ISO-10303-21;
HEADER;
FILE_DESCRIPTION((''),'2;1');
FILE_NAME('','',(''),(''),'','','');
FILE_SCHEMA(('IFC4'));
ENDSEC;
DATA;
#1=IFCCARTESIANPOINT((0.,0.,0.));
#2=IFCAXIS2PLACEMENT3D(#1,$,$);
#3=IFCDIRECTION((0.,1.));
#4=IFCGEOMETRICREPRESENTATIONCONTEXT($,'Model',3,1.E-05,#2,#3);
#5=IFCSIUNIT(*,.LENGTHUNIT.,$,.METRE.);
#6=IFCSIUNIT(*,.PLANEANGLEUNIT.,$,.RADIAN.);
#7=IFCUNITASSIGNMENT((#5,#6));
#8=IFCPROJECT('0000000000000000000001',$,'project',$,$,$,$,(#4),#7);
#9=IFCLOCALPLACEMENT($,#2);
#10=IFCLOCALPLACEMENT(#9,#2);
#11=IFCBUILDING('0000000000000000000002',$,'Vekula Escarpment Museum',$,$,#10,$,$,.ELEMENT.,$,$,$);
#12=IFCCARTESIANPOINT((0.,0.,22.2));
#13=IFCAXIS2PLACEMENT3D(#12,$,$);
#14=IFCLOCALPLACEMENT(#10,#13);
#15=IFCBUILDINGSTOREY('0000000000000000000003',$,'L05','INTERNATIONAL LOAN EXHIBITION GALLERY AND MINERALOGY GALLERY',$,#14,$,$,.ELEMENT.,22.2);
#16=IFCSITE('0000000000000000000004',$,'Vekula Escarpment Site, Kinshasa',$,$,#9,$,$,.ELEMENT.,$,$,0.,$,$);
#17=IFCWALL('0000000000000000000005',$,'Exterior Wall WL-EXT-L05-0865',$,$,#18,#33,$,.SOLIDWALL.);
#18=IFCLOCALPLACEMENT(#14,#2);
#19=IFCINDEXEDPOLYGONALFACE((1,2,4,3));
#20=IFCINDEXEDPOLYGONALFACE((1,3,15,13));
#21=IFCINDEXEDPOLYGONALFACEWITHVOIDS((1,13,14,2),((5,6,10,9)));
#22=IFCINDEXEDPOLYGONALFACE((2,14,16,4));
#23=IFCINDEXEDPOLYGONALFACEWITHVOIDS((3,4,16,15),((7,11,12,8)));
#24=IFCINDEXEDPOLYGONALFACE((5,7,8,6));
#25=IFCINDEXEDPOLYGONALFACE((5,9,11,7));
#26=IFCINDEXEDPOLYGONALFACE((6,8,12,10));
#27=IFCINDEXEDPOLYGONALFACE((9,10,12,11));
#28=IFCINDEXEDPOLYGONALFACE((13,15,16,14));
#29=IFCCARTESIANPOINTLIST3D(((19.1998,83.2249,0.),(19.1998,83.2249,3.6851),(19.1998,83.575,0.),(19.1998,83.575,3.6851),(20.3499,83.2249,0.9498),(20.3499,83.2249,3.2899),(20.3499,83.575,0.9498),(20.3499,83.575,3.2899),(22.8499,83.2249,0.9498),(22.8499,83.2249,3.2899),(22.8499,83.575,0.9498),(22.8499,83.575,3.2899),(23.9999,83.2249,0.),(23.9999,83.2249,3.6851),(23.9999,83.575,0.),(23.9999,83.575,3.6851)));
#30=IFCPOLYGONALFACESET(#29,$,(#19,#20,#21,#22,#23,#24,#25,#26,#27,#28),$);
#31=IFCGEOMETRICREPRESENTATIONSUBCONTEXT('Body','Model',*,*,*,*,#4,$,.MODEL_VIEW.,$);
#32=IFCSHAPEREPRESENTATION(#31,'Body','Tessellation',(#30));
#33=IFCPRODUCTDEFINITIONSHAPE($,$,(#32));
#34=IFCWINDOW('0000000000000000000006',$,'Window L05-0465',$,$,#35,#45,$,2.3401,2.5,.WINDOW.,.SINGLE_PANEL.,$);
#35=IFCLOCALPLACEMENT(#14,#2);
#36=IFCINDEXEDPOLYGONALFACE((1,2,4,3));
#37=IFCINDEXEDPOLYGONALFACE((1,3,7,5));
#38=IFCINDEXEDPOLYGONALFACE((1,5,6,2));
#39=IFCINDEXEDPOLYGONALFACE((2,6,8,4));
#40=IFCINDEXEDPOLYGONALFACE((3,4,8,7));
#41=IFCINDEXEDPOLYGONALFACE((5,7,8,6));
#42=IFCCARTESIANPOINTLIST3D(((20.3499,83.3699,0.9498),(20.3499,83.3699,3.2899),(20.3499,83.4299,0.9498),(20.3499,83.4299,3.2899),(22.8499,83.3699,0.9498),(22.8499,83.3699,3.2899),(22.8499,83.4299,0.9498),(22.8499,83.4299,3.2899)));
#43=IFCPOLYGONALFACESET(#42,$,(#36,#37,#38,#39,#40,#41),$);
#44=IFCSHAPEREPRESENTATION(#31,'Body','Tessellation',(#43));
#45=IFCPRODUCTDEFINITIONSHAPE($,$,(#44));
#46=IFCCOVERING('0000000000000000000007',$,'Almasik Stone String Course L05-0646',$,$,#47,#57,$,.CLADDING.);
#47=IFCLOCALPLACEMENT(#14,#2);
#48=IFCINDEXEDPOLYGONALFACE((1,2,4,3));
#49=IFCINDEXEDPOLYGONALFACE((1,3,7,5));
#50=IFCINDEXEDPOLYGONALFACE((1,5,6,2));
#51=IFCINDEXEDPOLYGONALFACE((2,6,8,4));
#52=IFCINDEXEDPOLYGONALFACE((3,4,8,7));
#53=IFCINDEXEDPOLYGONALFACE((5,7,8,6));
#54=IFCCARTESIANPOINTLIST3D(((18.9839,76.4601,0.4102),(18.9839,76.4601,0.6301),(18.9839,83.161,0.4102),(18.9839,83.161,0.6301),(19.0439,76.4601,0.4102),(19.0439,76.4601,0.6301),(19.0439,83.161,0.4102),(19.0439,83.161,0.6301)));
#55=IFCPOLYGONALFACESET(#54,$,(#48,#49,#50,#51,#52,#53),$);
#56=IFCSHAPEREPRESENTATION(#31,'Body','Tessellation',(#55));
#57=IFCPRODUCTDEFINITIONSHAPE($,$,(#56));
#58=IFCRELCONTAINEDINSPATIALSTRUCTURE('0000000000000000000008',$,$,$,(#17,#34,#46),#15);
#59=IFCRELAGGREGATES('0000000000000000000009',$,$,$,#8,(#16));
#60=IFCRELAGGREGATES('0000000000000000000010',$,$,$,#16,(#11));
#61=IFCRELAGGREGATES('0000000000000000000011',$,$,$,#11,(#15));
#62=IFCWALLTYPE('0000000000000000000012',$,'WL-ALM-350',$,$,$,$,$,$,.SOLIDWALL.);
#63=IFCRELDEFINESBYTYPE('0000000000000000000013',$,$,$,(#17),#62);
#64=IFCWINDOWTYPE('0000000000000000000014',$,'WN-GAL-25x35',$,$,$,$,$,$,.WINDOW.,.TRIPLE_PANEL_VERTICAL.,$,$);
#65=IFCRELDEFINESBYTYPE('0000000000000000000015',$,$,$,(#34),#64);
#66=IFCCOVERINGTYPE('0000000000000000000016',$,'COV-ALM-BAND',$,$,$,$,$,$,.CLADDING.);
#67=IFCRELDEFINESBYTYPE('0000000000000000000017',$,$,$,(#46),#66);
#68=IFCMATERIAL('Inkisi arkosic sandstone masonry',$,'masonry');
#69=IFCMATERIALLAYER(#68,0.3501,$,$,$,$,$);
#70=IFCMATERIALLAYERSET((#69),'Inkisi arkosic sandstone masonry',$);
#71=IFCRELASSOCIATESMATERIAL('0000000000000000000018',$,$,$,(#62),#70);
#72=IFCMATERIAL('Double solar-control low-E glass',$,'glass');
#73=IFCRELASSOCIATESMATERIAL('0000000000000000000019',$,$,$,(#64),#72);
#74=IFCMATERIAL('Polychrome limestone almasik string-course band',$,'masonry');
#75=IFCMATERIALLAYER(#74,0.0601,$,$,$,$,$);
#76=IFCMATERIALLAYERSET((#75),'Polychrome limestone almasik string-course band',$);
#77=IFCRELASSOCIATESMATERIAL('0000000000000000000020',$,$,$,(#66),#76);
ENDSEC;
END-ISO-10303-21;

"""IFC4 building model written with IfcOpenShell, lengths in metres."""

from ifc_helpers import new_model, si_unit, direction, frame, frame_2d, origin, origin_2d, place, context, subcontext, project, spatial, rectangle, extrude, material, layer, layer_set, type_object, element, fill, save


model = new_model("IFC4")

# Units and contexts
model_context = context("Model", 3, precision=1e-05, world=origin(), true_north=direction((0.0, 1.0)))
body_context = subcontext(model_context, "Body", "Model", "MODEL_VIEW")
ifc_project = project(units=[si_unit("LENGTHUNIT", "METRE"), si_unit("PLANEANGLEUNIT", "RADIAN")], contexts=[model_context])

# Site, building, storey
site_placement = place(None, origin())
site = spatial("IfcSite", under=ifc_project, at=site_placement, Name="Vekula Escarpment Site, Kinshasa", CompositionType="ELEMENT", RefElevation=0.0)
building_placement = place(site_placement, origin())
building = spatial("IfcBuilding", under=site, at=building_placement, Name="Vekula Escarpment Museum", CompositionType="ELEMENT")
storey_placement = place(building_placement, frame((0.0, 0.0, 22.2)))
storey = spatial("IfcBuildingStorey", under=building, at=storey_placement, Name="L05", Description="INTERNATIONAL LOAN EXHIBITION GALLERY AND MINERALOGY GALLERY", CompositionType="ELEMENT", Elevation=22.2)

# Wall, opening, window
ifc_material_1 = material(Name="Inkisi arkosic sandstone masonry", Category="masonry")
ifc_layer_1 = layer(ifc_material_1, 0.3501)
ifc_layer_set_1 = layer_set([ifc_layer_1], Name="Inkisi arkosic sandstone masonry")
wall_type_1 = type_object("IfcWallType", Name="WL-ALM-350", PredefinedType="SOLIDWALL", material=ifc_layer_set_1)
wall_1_placement = place(storey_placement, frame((19.2, 83.3999, 0.0), z_axis=(0.0, 0.0, 1.0), x_axis=(1.0, 0.0, 0.0)))
wall_1 = element("IfcWall", 1, at=wall_1_placement, inside=storey, type_object=wall_type_1, Name="Exterior Wall WL-EXT-L05-0865", PredefinedType="SOLIDWALL", context=body_context, shape_type="SweptSolid", body=[
    extrude(rectangle(XDim=4.8, YDim=0.3501, at=frame_2d((2.3999, 0.0))), origin(), (0.0, 0.0, 1.0), 3.6851),
])
opening_1_placement = place(wall_1_placement, frame((1.1499, 0.0, 0.95)))
opening_1 = element("IfcOpeningElement", 2, at=opening_1_placement, cuts=wall_1, PredefinedType="OPENING", context=body_context, shape_type="SweptSolid", body=[
    extrude(rectangle(XDim=2.5, YDim=2.3401, at=frame_2d((1.25, 1.1699))), frame((0.0, 0.1851, 0.0), z_axis=(0.0, -1.0, 0.0), x_axis=(1.0, 0.0, 0.0)), (0.0, 0.0, 1.0), 0.3701),
])
ifc_material_2 = material(Name="Double solar-control low-E glass", Category="glass")
window_type_1 = type_object("IfcWindowType", Name="WN-GAL-25x35", PartitioningType="TRIPLE_PANEL_VERTICAL", PredefinedType="WINDOW", material=ifc_material_2)
window_1_placement = place(opening_1_placement, origin())
window_1 = element("IfcWindow", 3, at=window_1_placement, inside=storey, type_object=window_type_1, Name="Window L05-0465", OverallHeight=2.3401, OverallWidth=2.5, PartitioningType="SINGLE_PANEL", PredefinedType="WINDOW", context=body_context, shape_type="SweptSolid", body=[
    extrude(rectangle(XDim=2.5, YDim=2.3401, at=frame_2d((1.25, 1.1699))), frame((0.0, 0.03, 0.0), z_axis=(0.0, -1.0, 0.0), x_axis=(1.0, 0.0, 0.0)), (0.0, 0.0, 1.0), 0.0601),
])
fill(opening_1, window_1)

# Covering
ifc_material_3 = material(Name="Polychrome limestone almasik string-course band", Category="masonry")
ifc_layer_2 = layer(ifc_material_3, 0.0601)
ifc_layer_set_2 = layer_set([ifc_layer_2], Name="Polychrome limestone almasik string-course band")
covering_type = type_object("IfcCoveringType", Name="COV-ALM-BAND", PredefinedType="CLADDING", material=ifc_layer_set_2)
covering_placement = place(storey_placement, frame((19.0139, 79.8105, 0.4102), z_axis=(0.0, 0.0, 1.0), x_axis=(0.0, 1.0, 0.0)))
element("IfcCovering", 4, at=covering_placement, inside=storey, type_object=covering_type, Name="Almasik Stone String Course L05-0646", PredefinedType="CLADDING", context=body_context, shape_type="SweptSolid", body=[
    extrude(rectangle(XDim=6.7009, YDim=0.0601, at=origin_2d()), origin(), (0.0, 0.0, 1.0), 0.22),
])

save(model, "model.ifc")
